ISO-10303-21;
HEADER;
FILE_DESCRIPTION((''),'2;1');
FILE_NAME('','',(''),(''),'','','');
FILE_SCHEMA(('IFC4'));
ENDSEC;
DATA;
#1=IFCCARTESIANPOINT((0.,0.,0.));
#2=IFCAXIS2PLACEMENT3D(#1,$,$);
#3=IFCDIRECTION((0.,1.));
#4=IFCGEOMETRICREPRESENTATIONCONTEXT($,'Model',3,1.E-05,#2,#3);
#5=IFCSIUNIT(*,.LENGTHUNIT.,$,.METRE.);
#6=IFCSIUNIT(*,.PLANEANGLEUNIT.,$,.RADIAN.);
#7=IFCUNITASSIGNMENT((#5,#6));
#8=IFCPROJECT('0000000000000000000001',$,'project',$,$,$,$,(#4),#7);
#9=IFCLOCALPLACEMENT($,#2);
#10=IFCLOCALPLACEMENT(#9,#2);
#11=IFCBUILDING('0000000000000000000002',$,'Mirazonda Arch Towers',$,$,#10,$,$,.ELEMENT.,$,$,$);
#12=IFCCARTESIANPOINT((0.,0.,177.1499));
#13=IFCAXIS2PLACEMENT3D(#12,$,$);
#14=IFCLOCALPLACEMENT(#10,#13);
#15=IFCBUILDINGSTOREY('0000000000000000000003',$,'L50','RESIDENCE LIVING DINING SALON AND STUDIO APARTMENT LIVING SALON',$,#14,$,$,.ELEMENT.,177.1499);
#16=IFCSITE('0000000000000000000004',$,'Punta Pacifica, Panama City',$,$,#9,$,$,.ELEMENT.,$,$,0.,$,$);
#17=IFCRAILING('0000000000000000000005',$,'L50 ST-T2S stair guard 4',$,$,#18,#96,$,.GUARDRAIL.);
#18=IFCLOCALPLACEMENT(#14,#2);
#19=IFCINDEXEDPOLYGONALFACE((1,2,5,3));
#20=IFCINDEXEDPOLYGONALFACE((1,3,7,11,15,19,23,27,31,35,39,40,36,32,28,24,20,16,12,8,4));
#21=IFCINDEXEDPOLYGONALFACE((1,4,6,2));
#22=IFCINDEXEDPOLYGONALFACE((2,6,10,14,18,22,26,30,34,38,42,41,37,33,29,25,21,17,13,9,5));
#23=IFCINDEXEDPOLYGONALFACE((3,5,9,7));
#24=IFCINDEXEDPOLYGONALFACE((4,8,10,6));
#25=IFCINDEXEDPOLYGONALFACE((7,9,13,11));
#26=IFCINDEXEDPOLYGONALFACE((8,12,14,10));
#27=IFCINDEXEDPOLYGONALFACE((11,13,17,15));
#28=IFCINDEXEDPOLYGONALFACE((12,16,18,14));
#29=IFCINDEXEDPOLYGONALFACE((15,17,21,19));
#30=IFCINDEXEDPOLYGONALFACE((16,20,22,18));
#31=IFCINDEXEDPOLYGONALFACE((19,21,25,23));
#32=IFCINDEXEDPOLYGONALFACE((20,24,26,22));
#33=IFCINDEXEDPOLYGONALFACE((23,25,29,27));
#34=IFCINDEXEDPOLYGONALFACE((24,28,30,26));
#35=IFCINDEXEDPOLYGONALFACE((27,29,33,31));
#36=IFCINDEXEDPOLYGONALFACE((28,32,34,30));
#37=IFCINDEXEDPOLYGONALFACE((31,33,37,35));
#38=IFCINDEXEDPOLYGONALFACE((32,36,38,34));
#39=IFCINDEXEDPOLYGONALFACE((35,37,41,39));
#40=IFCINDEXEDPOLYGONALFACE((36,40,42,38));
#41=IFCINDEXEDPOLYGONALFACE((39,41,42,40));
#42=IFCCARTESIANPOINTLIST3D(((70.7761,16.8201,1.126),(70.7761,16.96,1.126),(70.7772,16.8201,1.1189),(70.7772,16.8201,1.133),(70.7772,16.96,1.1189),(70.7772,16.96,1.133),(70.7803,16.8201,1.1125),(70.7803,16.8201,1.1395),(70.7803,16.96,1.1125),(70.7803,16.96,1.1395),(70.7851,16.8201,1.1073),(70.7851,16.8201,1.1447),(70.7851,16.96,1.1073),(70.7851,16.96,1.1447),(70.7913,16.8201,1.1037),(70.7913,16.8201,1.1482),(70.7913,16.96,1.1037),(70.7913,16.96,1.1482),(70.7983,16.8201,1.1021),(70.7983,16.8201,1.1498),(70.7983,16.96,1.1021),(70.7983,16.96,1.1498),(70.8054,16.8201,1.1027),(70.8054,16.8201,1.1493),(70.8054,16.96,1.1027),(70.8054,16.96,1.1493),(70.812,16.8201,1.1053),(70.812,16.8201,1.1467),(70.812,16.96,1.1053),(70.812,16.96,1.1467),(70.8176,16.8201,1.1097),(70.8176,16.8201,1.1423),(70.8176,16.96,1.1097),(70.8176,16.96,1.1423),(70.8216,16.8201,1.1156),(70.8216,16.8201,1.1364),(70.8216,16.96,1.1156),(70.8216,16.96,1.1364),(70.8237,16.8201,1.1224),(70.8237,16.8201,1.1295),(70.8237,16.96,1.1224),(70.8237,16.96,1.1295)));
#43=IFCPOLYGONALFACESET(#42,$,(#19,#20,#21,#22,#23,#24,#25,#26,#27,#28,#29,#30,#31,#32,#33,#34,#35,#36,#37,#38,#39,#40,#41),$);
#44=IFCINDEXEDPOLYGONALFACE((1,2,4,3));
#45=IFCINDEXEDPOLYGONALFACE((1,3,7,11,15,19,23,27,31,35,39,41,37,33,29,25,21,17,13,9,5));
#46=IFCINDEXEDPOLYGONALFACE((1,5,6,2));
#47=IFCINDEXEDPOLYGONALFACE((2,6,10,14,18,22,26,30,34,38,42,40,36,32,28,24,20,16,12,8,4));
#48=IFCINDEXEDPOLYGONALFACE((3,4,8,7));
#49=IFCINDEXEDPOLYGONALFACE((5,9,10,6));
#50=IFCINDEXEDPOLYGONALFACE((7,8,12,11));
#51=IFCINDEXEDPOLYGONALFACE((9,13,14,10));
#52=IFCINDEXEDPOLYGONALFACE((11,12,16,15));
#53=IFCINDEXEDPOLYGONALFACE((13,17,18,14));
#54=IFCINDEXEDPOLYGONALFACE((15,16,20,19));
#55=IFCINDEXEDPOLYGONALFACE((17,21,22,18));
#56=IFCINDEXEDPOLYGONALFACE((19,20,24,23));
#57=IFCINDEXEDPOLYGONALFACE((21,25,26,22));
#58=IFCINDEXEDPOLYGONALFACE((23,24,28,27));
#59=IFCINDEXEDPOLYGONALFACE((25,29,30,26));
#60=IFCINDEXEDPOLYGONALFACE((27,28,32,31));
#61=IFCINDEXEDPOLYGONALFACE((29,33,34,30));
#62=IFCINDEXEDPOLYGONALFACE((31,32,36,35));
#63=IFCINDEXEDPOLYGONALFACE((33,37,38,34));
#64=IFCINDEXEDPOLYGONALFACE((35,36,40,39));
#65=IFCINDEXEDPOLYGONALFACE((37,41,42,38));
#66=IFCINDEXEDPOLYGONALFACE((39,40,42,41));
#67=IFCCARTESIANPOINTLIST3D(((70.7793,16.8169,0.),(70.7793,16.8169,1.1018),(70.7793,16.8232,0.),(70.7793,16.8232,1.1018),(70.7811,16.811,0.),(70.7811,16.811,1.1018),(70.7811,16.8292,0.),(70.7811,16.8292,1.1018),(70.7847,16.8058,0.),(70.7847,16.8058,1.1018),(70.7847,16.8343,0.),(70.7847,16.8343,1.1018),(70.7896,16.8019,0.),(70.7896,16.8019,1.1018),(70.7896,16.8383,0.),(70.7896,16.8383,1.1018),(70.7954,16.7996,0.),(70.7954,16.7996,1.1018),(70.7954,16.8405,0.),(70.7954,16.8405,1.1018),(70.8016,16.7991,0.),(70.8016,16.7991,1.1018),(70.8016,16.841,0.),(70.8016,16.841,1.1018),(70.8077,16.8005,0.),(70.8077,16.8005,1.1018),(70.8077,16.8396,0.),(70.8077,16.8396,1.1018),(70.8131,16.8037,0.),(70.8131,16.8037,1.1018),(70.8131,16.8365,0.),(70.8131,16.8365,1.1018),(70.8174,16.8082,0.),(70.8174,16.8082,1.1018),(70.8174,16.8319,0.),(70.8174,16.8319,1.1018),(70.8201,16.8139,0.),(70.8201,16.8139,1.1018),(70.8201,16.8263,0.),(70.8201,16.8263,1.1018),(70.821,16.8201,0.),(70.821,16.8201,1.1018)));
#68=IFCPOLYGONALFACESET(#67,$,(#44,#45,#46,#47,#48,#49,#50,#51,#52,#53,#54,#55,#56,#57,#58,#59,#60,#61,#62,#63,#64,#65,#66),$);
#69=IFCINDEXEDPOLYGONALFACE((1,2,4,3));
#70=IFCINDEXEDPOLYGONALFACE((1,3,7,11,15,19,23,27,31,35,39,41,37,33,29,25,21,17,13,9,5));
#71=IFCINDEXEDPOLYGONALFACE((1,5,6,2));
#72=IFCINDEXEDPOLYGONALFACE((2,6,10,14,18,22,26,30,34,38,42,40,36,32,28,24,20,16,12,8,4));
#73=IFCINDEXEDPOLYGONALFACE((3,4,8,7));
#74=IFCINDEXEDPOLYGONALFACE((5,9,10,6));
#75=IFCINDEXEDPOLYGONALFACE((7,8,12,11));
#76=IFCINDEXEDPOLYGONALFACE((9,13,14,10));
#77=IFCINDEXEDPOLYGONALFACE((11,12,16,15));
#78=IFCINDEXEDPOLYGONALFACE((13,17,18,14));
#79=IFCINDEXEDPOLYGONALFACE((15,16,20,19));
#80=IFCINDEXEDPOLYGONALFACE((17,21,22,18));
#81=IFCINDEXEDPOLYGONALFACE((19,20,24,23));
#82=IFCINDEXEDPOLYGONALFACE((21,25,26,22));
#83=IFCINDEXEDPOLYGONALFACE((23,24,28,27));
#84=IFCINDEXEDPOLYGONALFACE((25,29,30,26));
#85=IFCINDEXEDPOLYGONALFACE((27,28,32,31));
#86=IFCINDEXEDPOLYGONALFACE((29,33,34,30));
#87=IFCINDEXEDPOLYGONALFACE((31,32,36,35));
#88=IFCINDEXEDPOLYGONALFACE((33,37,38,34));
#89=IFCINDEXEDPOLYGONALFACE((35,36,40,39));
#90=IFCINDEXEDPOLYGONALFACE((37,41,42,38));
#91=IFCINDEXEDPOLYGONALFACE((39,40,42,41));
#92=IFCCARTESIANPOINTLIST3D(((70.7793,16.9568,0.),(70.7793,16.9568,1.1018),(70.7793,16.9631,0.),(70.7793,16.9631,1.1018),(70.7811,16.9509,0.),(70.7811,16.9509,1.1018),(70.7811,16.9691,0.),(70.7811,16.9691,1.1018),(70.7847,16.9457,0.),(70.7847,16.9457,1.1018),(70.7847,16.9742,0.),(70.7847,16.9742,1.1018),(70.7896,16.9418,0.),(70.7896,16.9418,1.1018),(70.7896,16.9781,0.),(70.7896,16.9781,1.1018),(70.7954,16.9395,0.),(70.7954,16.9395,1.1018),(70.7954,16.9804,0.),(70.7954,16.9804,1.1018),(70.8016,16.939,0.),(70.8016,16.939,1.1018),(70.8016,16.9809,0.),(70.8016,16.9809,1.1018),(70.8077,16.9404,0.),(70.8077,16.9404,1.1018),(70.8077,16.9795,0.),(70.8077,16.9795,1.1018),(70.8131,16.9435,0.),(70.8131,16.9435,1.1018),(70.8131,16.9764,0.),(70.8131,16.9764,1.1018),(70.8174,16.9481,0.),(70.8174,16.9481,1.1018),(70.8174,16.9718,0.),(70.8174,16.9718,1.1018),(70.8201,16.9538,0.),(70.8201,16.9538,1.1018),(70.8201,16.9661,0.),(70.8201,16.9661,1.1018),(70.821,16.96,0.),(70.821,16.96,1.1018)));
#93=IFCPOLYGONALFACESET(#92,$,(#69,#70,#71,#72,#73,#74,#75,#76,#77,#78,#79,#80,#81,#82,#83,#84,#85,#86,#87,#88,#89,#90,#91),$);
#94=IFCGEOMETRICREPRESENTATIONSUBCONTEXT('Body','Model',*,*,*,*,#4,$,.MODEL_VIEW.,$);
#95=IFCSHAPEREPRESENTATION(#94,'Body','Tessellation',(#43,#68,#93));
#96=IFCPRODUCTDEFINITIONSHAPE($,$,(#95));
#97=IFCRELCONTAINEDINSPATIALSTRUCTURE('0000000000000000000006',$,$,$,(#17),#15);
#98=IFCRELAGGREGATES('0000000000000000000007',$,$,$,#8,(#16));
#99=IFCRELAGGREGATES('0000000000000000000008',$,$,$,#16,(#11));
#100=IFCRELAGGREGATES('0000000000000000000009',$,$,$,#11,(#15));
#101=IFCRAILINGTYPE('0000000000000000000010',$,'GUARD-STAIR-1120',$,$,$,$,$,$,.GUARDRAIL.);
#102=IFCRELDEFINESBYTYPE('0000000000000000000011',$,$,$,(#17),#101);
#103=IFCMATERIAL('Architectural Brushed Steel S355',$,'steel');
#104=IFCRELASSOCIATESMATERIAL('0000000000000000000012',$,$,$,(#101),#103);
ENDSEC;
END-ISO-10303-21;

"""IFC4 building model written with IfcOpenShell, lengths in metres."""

from ifc_helpers import new_model, si_unit, direction, frame, origin, origin_2d, place, context, subcontext, project, spatial, circle, extrude, material, type_object, element, save


model = new_model("IFC4")

# Units and contexts
model_context = context("Model", 3, precision=1e-05, world=origin(), true_north=direction((0.0, 1.0)))
body_context = subcontext(model_context, "Body", "Model", "MODEL_VIEW")
ifc_project = project(units=[si_unit("LENGTHUNIT", "METRE"), si_unit("PLANEANGLEUNIT", "RADIAN")], contexts=[model_context])

# Site, building, storey
site_placement = place(None, origin())
site = spatial("IfcSite", under=ifc_project, at=site_placement, Name="Punta Pacifica, Panama City", CompositionType="ELEMENT", RefElevation=0.0)
building_placement = place(site_placement, origin())
building = spatial("IfcBuilding", under=site, at=building_placement, Name="Mirazonda Arch Towers", CompositionType="ELEMENT")
storey_placement = place(building_placement, frame((0.0, 0.0, 177.1499)))
storey = spatial("IfcBuildingStorey", under=building, at=storey_placement, Name="L50", Description="RESIDENCE LIVING DINING SALON AND STUDIO APARTMENT LIVING SALON", CompositionType="ELEMENT", Elevation=177.1499)

# Railing
ifc_material_1 = material(Name="Architectural Brushed Steel S355", Category="steel")
railing_type = type_object("IfcRailingType", Name="GUARD-STAIR-1120", PredefinedType="GUARDRAIL", material=ifc_material_1)
railing_1_placement = place(storey_placement, frame((70.8, 16.8201, 0.0)))
element("IfcRailing", 1, at=railing_1_placement, inside=storey, type_object=railing_type, Name="L50 ST-T2S stair guard 4", PredefinedType="GUARDRAIL", context=body_context, shape_type="SweptSolid", body=[
    extrude(circle(Radius=0.0239, at=origin_2d()), frame((0.0, 0.0, 1.126), z_axis=(0.0, 1.0, 0.0), x_axis=(-1.0, 0.0, 0.0)), (0.0, 0.0, 1.0), 0.1399),
    extrude(circle(Radius=0.021, at=origin_2d()), origin(), (0.0, 0.0, 1.0), 1.1018),
    extrude(circle(Radius=0.021, at=origin_2d()), frame((0.0, 0.1399, 0.0)), (0.0, 0.0, 1.0), 1.1018),
])

save(model, "model.ifc")
